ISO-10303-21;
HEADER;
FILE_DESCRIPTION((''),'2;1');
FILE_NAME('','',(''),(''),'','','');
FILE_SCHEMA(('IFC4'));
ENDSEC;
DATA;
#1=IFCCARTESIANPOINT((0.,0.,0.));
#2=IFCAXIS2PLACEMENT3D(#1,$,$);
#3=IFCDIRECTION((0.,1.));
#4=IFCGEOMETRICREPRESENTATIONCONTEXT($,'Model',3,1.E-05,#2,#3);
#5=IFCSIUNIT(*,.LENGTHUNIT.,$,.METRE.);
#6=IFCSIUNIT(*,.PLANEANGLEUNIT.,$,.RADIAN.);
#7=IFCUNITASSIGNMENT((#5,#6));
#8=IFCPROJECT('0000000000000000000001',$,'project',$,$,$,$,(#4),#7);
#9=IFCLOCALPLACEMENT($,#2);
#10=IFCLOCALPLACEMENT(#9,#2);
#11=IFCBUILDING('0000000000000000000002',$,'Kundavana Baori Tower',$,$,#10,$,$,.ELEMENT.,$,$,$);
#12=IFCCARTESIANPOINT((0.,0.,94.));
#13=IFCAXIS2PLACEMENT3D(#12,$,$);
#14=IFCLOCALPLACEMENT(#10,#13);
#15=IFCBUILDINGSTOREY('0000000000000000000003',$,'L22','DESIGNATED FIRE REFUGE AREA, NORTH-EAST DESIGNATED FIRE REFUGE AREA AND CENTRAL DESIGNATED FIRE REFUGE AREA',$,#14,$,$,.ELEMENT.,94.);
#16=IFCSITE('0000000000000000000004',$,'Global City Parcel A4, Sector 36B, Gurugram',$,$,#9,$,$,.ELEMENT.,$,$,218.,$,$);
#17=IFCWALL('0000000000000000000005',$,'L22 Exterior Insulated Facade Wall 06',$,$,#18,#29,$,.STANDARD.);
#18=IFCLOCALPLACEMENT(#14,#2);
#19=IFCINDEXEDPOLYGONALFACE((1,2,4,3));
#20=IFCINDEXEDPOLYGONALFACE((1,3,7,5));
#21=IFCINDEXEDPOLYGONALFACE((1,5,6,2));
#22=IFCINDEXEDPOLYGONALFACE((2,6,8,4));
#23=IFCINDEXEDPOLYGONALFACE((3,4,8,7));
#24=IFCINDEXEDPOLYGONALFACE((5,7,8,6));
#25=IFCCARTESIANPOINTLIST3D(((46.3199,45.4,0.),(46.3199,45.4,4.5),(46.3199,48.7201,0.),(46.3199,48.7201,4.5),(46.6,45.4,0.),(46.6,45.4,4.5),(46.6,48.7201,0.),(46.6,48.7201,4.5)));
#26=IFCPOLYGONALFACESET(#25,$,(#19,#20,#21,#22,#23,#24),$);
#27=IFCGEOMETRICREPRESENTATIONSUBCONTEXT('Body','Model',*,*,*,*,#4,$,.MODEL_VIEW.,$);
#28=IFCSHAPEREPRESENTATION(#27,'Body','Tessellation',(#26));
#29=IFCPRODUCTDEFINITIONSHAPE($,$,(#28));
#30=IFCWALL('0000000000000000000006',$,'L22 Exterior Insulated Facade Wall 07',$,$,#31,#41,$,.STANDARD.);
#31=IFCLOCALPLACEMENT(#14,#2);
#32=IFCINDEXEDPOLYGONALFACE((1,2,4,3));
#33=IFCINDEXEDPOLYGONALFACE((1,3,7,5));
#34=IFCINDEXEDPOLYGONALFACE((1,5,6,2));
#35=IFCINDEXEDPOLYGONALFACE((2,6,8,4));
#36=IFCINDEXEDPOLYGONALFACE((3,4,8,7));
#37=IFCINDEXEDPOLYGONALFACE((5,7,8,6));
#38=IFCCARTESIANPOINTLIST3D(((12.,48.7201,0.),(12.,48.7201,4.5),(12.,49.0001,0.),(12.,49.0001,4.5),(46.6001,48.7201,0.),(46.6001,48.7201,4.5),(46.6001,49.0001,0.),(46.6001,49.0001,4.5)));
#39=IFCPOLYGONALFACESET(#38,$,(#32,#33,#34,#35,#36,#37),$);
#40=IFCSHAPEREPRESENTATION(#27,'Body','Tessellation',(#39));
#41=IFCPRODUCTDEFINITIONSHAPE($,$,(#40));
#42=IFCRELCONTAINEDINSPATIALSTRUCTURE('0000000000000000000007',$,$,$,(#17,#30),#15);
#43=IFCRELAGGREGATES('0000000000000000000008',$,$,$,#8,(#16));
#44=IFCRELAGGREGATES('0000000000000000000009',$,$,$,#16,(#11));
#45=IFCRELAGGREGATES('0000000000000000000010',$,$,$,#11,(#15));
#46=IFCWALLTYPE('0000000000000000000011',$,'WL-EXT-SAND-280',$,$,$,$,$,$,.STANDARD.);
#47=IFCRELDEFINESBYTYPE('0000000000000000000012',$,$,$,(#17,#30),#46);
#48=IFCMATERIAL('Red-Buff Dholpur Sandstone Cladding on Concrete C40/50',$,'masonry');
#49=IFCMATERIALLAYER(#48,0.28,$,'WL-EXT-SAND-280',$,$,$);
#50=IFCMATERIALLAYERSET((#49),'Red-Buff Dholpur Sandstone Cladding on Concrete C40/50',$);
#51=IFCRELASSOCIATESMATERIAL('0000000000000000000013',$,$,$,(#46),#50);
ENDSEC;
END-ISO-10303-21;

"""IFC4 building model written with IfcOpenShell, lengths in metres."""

from ifc_helpers import new_model, si_unit, direction, frame, frame_2d, origin, place, context, subcontext, project, spatial, rectangle, extrude, material, layer, layer_set, type_object, element, save


model = new_model("IFC4")

# Units and contexts
model_context = context("Model", 3, precision=1e-05, world=origin(), true_north=direction((0.0, 1.0)))
body_context = subcontext(model_context, "Body", "Model", "MODEL_VIEW")
ifc_project = project(units=[si_unit("LENGTHUNIT", "METRE"), si_unit("PLANEANGLEUNIT", "RADIAN")], contexts=[model_context])

# Site, building, storey
site_placement = place(None, origin())
site = spatial("IfcSite", under=ifc_project, at=site_placement, Name="Global City Parcel A4, Sector 36B, Gurugram", CompositionType="ELEMENT", RefElevation=218.0)
building_placement = place(site_placement, origin())
building = spatial("IfcBuilding", under=site, at=building_placement, Name="Kundavana Baori Tower", CompositionType="ELEMENT")
storey_placement = place(building_placement, frame((0.0, 0.0, 94.0)))
storey = spatial("IfcBuildingStorey", under=building, at=storey_placement, Name="L22", Description="DESIGNATED FIRE REFUGE AREA, NORTH-EAST DESIGNATED FIRE REFUGE AREA AND CENTRAL DESIGNATED FIRE REFUGE AREA", CompositionType="ELEMENT", Elevation=94.0)

# Walls
ifc_material_1 = material(Name="Red-Buff Dholpur Sandstone Cladding on Concrete C40/50", Category="masonry")
ifc_layer_1 = layer(ifc_material_1, 0.28, Name="WL-EXT-SAND-280")
ifc_layer_set_1 = layer_set([ifc_layer_1], Name="Red-Buff Dholpur Sandstone Cladding on Concrete C40/50")
wall_type = type_object("IfcWallType", Name="WL-EXT-SAND-280", PredefinedType="STANDARD", material=ifc_layer_set_1)
wall_1_placement = place(storey_placement, frame((46.46, 45.3999, 0.0), z_axis=(0.0, 0.0, 1.0), x_axis=(0.0, 1.0, 0.0)))
element("IfcWall", 1, at=wall_1_placement, inside=storey, type_object=wall_type, Name="L22 Exterior Insulated Facade Wall 06", PredefinedType="STANDARD", context=body_context, shape_type="SweptSolid", body=[
    extrude(rectangle(XDim=3.3201, YDim=0.28, at=frame_2d((1.6602, 0.0))), origin(), (0.0, 0.0, 1.0), 4.5),
])
wall_2_placement = place(storey_placement, frame((46.6001, 48.8601, 0.0), z_axis=(0.0, 0.0, 1.0), x_axis=(-1.0, 0.0, 0.0)))
element("IfcWall", 2, at=wall_2_placement, inside=storey, type_object=wall_type, Name="L22 Exterior Insulated Facade Wall 07", PredefinedType="STANDARD", context=body_context, shape_type="SweptSolid", body=[
    extrude(rectangle(XDim=34.6001, YDim=0.28, at=frame_2d((17.3, 0.0))), origin(), (0.0, 0.0, 1.0), 4.5),
])

save(model, "model.ifc")
